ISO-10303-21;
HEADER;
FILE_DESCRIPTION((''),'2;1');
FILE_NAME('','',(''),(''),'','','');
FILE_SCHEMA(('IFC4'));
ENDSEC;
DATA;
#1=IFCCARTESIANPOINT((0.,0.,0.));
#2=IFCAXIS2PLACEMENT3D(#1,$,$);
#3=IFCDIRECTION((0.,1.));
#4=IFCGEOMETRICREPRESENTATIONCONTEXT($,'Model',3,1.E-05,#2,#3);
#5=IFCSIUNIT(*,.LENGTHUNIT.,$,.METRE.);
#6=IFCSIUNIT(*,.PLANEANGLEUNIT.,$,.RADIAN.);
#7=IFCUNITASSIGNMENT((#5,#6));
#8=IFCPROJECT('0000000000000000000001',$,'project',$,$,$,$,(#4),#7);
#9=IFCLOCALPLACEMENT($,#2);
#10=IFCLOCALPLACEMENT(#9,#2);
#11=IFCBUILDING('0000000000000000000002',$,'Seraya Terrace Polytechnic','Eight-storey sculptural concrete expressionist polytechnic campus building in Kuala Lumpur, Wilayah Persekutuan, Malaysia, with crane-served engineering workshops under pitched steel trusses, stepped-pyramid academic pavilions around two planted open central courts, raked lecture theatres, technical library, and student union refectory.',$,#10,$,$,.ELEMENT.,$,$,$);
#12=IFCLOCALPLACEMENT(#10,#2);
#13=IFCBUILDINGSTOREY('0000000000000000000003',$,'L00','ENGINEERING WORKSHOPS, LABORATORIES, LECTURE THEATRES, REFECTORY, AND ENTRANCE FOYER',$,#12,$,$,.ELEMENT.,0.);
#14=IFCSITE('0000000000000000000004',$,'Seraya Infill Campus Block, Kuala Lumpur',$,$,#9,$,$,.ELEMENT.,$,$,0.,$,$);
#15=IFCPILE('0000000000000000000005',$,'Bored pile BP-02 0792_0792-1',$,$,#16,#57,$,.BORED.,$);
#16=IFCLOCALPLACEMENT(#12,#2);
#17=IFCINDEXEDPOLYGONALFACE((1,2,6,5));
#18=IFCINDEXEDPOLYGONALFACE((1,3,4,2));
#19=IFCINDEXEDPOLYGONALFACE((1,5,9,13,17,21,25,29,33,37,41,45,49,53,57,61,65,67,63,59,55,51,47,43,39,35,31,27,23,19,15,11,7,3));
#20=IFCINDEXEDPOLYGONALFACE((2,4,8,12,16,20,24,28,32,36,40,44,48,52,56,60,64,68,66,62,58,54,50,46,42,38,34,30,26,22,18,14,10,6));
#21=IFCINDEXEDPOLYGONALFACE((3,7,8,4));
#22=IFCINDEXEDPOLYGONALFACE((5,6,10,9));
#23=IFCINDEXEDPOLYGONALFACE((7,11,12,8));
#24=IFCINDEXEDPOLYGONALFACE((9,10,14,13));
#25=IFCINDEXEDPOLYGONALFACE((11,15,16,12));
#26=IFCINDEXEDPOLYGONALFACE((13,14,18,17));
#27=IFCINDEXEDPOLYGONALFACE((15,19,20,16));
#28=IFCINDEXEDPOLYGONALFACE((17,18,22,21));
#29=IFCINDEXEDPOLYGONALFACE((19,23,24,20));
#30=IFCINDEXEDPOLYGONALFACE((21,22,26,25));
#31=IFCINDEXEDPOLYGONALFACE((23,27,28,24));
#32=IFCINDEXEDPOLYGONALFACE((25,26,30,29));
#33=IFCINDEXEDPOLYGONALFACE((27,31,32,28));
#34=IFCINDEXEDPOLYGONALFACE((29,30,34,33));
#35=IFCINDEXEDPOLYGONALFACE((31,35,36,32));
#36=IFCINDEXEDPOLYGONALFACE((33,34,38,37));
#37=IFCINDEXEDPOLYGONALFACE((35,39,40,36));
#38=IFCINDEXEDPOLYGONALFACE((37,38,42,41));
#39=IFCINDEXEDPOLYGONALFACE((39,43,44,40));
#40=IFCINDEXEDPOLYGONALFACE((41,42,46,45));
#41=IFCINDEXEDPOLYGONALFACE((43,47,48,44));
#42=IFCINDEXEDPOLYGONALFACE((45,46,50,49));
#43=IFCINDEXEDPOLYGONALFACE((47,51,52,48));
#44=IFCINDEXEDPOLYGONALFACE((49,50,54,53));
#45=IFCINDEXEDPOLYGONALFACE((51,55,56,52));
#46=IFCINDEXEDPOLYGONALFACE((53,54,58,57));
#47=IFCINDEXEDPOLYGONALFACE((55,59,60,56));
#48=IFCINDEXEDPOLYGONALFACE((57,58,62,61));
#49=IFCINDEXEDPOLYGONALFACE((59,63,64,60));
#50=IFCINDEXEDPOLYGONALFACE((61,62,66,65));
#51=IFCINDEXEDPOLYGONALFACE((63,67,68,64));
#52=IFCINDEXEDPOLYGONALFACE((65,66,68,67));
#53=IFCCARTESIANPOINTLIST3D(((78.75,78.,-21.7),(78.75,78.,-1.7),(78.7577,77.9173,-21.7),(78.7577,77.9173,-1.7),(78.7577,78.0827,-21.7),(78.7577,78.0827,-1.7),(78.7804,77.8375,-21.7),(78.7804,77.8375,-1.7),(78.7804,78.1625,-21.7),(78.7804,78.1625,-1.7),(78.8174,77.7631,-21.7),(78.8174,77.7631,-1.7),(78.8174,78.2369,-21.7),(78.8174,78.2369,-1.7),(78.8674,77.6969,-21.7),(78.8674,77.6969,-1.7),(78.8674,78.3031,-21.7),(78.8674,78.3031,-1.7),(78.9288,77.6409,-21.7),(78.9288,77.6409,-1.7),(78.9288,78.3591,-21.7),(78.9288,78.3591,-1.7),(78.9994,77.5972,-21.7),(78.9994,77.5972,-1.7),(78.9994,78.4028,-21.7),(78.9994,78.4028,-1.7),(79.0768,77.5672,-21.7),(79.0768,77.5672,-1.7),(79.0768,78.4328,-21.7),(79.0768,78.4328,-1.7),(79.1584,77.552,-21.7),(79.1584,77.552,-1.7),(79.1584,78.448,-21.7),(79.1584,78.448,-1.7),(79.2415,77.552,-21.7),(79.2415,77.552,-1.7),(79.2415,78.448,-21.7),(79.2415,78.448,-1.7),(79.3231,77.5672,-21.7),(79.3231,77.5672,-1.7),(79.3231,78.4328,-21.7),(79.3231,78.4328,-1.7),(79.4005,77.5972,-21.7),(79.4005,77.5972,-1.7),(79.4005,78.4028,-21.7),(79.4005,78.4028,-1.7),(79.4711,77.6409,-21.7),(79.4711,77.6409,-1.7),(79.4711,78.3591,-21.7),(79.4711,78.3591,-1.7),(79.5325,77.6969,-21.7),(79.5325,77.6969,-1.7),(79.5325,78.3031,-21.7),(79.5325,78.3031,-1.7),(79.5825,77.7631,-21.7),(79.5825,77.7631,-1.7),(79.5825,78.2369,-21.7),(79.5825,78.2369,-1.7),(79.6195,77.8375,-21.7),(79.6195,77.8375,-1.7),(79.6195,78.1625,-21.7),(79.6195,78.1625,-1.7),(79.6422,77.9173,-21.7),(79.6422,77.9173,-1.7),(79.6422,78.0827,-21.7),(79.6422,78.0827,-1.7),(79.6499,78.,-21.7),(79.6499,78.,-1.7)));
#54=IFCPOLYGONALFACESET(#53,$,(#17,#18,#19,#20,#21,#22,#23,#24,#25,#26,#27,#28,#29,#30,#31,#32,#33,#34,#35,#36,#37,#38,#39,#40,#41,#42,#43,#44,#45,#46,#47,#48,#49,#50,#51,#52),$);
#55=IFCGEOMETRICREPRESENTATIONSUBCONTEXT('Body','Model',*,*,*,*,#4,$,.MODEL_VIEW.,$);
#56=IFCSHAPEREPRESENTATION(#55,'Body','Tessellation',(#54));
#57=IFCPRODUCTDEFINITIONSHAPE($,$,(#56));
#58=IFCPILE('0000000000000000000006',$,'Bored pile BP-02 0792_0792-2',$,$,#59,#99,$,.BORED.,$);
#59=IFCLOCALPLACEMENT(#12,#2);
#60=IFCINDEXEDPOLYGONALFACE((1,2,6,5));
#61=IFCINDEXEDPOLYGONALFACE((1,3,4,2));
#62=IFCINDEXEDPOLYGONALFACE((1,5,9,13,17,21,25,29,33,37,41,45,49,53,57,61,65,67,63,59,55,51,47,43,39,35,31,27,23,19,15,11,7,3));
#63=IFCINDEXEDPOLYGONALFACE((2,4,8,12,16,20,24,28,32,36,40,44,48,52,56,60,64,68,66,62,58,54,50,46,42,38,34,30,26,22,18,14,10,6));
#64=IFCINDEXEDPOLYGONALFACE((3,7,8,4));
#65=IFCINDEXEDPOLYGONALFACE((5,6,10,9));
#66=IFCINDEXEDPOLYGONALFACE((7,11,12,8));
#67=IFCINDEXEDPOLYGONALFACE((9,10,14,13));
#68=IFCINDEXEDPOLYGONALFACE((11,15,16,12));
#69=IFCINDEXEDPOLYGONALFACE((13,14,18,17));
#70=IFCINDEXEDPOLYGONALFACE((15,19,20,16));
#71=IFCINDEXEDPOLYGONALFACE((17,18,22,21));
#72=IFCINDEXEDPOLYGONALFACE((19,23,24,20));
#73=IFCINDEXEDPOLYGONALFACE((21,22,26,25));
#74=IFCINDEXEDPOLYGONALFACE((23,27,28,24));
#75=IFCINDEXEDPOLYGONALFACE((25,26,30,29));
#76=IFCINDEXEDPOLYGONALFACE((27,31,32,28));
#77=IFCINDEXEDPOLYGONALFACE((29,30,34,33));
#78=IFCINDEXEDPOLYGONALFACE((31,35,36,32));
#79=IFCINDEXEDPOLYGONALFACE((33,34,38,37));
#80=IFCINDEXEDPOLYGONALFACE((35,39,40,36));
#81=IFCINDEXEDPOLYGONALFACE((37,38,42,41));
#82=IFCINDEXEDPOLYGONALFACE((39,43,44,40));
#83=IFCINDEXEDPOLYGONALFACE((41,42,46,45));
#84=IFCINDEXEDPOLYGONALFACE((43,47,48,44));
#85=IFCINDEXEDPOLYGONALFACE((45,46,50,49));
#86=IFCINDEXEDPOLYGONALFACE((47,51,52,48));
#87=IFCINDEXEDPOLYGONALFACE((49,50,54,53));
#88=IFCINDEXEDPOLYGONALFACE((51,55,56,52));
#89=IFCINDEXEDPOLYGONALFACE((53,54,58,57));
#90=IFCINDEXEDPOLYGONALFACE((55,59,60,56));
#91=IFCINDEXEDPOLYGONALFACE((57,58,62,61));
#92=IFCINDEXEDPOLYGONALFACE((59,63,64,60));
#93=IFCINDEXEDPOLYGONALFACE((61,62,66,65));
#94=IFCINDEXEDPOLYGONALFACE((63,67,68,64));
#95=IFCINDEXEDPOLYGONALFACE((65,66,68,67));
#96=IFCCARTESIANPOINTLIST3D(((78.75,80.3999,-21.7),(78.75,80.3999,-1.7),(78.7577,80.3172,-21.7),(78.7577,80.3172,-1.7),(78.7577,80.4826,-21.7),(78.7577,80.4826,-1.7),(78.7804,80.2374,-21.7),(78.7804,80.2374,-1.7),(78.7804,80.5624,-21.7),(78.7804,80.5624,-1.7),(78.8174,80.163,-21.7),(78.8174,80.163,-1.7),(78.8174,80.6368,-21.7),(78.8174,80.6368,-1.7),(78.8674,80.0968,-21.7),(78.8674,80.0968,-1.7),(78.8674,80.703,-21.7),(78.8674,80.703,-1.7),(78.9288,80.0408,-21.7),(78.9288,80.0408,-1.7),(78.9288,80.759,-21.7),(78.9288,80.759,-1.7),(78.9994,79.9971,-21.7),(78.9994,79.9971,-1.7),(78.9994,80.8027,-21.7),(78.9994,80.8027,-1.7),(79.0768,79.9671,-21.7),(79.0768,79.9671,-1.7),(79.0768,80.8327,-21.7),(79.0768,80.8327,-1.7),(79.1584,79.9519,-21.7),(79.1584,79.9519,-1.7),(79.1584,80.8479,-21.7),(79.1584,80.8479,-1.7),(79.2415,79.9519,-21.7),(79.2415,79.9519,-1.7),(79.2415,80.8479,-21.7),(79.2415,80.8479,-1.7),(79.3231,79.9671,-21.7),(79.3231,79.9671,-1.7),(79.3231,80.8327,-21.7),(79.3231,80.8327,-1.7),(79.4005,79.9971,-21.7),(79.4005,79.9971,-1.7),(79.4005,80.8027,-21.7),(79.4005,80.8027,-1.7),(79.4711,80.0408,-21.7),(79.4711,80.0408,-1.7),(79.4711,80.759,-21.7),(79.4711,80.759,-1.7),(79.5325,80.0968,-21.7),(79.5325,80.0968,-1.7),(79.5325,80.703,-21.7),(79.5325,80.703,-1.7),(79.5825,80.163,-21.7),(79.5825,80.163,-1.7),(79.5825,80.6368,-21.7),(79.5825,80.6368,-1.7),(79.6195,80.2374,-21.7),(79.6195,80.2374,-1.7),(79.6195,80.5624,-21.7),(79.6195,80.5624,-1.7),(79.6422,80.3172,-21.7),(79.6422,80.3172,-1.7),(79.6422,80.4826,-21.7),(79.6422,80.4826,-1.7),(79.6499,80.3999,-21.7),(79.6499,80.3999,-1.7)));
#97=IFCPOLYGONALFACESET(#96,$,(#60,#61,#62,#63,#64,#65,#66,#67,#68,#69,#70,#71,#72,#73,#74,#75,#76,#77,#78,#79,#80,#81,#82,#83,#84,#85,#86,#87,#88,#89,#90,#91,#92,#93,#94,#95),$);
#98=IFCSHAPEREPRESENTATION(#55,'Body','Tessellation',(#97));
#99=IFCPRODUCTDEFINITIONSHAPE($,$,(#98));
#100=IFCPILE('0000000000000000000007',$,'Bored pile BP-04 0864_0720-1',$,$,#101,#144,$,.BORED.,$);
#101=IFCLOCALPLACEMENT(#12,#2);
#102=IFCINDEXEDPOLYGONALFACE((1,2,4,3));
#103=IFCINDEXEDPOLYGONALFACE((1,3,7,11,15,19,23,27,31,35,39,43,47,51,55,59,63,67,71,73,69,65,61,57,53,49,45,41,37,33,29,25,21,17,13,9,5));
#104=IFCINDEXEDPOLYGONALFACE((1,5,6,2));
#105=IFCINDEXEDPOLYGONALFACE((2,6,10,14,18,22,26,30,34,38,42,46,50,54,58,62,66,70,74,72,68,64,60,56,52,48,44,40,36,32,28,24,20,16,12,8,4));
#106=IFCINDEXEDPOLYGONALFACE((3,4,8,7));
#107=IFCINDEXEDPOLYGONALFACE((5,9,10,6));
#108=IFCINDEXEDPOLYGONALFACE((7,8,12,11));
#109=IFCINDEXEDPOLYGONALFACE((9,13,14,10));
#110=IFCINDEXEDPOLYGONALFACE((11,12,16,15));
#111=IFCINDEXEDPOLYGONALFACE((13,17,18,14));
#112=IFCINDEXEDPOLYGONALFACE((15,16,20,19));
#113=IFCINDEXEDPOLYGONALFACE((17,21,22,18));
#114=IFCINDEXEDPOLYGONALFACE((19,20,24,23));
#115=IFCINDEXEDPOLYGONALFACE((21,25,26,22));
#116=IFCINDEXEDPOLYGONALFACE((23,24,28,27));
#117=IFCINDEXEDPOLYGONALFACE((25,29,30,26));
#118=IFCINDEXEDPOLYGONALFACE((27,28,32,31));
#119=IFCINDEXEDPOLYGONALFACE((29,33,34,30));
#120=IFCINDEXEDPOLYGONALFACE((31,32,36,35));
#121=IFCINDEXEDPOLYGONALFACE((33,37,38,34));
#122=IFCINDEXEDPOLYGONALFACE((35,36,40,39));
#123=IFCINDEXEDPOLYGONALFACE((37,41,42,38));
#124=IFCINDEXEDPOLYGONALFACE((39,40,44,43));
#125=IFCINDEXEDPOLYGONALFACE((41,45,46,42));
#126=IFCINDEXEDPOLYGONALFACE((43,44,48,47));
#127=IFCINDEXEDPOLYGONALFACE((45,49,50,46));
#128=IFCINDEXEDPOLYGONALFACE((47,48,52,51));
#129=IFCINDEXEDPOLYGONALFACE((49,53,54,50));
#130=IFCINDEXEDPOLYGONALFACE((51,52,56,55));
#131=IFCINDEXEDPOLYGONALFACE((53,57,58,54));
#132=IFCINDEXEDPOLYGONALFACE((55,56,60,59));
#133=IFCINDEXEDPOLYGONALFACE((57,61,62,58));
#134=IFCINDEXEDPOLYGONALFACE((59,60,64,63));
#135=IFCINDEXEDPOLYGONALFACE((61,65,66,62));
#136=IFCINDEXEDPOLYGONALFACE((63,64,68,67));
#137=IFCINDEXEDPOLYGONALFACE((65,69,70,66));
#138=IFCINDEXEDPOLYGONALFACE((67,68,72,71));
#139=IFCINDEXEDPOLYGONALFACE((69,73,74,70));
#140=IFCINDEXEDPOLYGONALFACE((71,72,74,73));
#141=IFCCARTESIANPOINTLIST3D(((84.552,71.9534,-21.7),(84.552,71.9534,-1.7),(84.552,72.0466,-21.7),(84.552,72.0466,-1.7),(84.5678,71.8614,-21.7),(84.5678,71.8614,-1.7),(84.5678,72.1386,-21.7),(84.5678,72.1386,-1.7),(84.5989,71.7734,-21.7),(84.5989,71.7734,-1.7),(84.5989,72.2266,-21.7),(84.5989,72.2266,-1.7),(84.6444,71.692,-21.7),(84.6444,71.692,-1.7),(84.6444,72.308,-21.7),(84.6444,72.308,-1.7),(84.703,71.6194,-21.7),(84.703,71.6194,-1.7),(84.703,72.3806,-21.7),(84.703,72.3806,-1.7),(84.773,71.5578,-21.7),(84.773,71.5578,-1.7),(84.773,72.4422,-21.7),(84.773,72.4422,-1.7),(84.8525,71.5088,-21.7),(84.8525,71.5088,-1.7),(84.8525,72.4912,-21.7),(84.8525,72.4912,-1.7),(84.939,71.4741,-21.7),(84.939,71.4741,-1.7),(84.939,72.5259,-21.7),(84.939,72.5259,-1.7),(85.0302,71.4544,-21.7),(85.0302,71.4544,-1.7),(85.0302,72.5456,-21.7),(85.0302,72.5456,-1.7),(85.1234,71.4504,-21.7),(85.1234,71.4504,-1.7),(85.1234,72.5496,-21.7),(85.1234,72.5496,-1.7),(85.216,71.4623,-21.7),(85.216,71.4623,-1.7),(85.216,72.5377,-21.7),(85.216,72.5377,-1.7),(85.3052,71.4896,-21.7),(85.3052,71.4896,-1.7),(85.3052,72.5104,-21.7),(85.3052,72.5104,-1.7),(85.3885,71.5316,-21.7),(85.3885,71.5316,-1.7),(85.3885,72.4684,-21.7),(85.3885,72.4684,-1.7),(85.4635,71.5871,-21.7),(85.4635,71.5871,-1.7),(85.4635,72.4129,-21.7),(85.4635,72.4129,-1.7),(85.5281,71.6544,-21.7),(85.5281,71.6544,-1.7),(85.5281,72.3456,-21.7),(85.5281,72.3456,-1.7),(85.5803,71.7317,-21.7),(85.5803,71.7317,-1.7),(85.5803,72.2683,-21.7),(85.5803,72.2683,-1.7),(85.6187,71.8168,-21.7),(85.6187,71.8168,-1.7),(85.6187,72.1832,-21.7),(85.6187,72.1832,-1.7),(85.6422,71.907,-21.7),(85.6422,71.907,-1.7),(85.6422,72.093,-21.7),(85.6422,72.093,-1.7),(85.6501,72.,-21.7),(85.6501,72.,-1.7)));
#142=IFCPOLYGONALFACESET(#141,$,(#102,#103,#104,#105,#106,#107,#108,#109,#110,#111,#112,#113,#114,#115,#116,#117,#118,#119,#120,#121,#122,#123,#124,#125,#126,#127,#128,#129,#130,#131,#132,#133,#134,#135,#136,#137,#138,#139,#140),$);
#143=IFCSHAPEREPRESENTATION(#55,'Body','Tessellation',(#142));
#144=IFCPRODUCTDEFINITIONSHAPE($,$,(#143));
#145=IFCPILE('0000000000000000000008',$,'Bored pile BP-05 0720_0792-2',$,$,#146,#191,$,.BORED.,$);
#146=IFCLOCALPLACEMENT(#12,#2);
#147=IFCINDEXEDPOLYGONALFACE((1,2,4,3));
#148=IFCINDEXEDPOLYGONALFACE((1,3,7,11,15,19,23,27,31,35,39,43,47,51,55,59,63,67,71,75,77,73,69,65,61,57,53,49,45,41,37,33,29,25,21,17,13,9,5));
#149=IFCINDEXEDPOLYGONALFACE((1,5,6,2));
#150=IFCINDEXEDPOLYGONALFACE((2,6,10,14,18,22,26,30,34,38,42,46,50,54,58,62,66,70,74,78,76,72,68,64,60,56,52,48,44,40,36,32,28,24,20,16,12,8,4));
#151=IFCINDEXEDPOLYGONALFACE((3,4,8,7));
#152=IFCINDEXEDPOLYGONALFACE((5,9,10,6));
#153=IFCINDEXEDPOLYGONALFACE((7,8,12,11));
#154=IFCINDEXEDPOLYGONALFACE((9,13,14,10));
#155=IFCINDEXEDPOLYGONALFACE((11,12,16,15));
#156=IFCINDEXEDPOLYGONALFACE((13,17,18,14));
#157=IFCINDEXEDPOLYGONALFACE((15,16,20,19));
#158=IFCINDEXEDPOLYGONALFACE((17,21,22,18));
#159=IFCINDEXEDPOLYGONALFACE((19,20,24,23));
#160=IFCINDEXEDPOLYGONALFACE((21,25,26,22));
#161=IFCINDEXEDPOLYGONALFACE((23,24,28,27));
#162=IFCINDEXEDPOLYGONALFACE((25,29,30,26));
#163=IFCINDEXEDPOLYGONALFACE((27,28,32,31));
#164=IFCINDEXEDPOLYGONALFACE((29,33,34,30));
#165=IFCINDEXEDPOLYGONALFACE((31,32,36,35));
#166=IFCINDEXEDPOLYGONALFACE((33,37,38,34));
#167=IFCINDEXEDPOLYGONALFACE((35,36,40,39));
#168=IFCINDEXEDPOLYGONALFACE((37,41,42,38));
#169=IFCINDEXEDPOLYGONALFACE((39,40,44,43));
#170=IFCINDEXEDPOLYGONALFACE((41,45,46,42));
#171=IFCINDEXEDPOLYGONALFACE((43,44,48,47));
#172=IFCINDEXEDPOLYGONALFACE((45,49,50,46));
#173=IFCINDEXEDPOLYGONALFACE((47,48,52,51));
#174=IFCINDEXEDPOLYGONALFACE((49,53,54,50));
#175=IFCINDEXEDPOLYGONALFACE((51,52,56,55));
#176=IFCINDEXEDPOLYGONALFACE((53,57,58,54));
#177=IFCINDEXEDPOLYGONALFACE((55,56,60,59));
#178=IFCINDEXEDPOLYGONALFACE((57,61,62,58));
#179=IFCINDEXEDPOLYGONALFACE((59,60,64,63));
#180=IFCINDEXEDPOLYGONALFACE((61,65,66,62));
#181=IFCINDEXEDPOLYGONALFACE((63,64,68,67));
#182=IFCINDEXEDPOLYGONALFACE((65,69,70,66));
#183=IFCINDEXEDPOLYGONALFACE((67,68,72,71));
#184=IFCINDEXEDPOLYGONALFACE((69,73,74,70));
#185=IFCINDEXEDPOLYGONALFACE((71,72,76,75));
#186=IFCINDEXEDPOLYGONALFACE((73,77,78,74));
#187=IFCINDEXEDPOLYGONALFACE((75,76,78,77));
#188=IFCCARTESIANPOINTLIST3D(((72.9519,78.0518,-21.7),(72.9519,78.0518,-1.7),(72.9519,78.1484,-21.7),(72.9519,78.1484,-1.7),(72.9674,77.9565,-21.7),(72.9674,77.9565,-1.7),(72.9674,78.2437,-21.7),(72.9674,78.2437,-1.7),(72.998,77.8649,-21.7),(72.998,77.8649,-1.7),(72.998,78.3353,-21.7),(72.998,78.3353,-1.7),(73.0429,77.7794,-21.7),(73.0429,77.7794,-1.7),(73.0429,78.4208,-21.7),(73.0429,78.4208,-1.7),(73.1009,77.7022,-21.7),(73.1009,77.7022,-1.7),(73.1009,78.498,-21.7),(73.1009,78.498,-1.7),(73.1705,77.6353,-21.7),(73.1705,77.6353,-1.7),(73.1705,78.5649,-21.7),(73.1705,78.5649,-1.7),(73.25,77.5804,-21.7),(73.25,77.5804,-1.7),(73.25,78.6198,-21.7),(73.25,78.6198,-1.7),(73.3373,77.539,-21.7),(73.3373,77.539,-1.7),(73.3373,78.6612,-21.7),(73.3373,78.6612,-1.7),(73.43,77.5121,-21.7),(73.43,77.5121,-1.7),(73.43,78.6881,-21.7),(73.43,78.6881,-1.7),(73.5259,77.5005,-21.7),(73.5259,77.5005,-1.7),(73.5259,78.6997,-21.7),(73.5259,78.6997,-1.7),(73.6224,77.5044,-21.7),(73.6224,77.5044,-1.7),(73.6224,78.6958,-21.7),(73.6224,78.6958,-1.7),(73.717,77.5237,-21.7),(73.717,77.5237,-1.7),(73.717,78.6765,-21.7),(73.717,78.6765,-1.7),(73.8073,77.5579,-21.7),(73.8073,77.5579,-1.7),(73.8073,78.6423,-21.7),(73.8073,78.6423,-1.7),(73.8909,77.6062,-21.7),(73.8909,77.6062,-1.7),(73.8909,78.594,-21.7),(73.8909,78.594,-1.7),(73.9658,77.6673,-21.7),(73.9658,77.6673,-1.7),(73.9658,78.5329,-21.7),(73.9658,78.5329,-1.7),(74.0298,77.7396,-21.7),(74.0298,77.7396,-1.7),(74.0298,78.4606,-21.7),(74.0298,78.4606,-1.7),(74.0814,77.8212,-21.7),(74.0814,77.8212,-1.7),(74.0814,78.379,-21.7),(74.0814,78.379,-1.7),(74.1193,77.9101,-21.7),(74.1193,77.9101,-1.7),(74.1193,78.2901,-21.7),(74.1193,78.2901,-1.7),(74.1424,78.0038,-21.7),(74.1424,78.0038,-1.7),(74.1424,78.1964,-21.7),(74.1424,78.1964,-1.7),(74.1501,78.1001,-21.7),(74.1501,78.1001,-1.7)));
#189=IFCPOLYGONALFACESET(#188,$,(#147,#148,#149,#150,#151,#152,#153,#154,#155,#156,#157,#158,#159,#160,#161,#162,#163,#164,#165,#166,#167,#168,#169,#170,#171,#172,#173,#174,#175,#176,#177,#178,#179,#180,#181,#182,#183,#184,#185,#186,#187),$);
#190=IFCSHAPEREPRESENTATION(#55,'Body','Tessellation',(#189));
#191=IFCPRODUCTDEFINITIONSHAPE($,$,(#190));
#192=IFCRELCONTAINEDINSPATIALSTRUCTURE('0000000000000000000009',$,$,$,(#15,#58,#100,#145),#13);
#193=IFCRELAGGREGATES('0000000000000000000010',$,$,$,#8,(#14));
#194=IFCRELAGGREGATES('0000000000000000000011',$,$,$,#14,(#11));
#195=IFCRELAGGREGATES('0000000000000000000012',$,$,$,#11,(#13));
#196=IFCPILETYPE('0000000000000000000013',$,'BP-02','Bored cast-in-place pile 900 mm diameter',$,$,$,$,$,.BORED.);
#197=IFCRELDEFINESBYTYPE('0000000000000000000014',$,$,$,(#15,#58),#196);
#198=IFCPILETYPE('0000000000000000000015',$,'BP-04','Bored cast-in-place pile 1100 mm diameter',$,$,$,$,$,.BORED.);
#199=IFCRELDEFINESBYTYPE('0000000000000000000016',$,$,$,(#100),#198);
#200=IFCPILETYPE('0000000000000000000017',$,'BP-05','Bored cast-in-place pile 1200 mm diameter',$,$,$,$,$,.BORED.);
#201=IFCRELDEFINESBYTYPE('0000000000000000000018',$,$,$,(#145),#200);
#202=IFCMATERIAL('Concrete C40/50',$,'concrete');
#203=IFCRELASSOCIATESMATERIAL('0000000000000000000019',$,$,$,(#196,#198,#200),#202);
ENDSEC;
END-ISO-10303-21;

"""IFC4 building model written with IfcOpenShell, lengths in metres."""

from ifc_helpers import new_model, si_unit, direction, frame, origin, origin_2d, place, context, subcontext, project, spatial, circle, extrude, material, material_profile, profile_set, type_object, element, save


model = new_model("IFC4")

# Units and contexts
model_context = context("Model", 3, precision=1e-05, world=origin(), true_north=direction((0.0, 1.0)))
body_context = subcontext(model_context, "Body", "Model", "MODEL_VIEW")
ifc_project = project(units=[si_unit("LENGTHUNIT", "METRE"), si_unit("PLANEANGLEUNIT", "RADIAN")], contexts=[model_context])

# Site, building, storey
site_placement = place(None, origin())
site = spatial("IfcSite", under=ifc_project, at=site_placement, Name="Seraya Infill Campus Block, Kuala Lumpur", CompositionType="ELEMENT", RefElevation=0.0)
building_placement = place(site_placement, origin())
building = spatial("IfcBuilding", under=site, at=building_placement, Name="Seraya Terrace Polytechnic", Description="Eight-storey sculptural concrete expressionist polytechnic campus building in Kuala Lumpur, Wilayah Persekutuan, Malaysia, with crane-served engineering workshops under pitched steel trusses, stepped-pyramid academic pavilions around two planted open central courts, raked lecture theatres, technical library, and student union refectory.", CompositionType="ELEMENT")
storey_placement = place(building_placement, origin())
storey = spatial("IfcBuildingStorey", under=building, at=storey_placement, Name="L00", Description="ENGINEERING WORKSHOPS, LABORATORIES, LECTURE THEATRES, REFECTORY, AND ENTRANCE FOYER", CompositionType="ELEMENT", Elevation=0.0)

# Piles
ifc_material_1 = material(Name="Concrete C40/50", Category="concrete")
ifc_material_profile_1 = material_profile(ifc_material_1, circle(Radius=0.45, at=origin_2d()), Name="DIA 900")
ifc_profile_set_1 = profile_set([ifc_material_profile_1], Name="Concrete C40/50")
pile_type_1 = type_object("IfcPileType", Name="BP-02", Description="Bored cast-in-place pile 900 mm diameter", PredefinedType="BORED", material=ifc_profile_set_1)
for number, where, z_axis, x_axis, name in (
    (1, (79.2, 78.0, -1.7), (0.0, 0.0, -1.0), (1.0, 0.0, 0.0), "Bored pile BP-02 0792_0792-1"),
    (2, (79.2, 80.3999, -1.7), (0.0, 0.0, -1.0), (1.0, 0.0, 0.0), "Bored pile BP-02 0792_0792-2"),
):
    element("IfcPile", number, at=place(storey_placement, frame(where, z_axis=z_axis, x_axis=x_axis)), inside=storey, type_object=pile_type_1, Name=name, PredefinedType="BORED", context=body_context, shape_type="SweptSolid", body=[
        extrude(circle(Radius=0.45, at=origin_2d()), origin(), (0.0, 0.0, 1.0), 20.0),
    ])
ifc_material_profile_2 = material_profile(ifc_material_1, circle(Radius=0.55, at=origin_2d()), Name="DIA 1100")
ifc_profile_set_2 = profile_set([ifc_material_profile_2], Name="Concrete C40/50")
pile_type_2 = type_object("IfcPileType", Name="BP-04", Description="Bored cast-in-place pile 1100 mm diameter", PredefinedType="BORED", material=ifc_profile_set_2)
pile_placement = place(storey_placement, frame((85.1001, 72.0, -1.7), z_axis=(0.0, 0.0, -1.0), x_axis=(1.0, 0.0, 0.0)))
element("IfcPile", 3, at=pile_placement, inside=storey, type_object=pile_type_2, Name="Bored pile BP-04 0864_0720-1", PredefinedType="BORED", context=body_context, shape_type="SweptSolid", body=[
    extrude(circle(Radius=0.55, at=origin_2d()), origin(), (0.0, 0.0, 1.0), 20.0),
])
ifc_material_profile_3 = material_profile(ifc_material_1, circle(Radius=0.6001, at=origin_2d()), Name="DIA 1200")
ifc_profile_set_3 = profile_set([ifc_material_profile_3], Name="Concrete C40/50")
pile_type_3 = type_object("IfcPileType", Name="BP-05", Description="Bored cast-in-place pile 1200 mm diameter", PredefinedType="BORED", material=ifc_profile_set_3)
for number, where, z_axis, x_axis, name in (
    (4, (73.55, 78.1001, -1.7), (0.0, 0.0, -1.0), (1.0, 0.0, 0.0), "Bored pile BP-05 0720_0792-2"),
):
    element("IfcPile", number, at=place(storey_placement, frame(where, z_axis=z_axis, x_axis=x_axis)), inside=storey, type_object=pile_type_3, Name=name, PredefinedType="BORED", context=body_context, shape_type="SweptSolid", body=[
        extrude(circle(Radius=0.6001, at=origin_2d()), origin(), (0.0, 0.0, 1.0), 20.0),
    ])

save(model, "model.ifc")
